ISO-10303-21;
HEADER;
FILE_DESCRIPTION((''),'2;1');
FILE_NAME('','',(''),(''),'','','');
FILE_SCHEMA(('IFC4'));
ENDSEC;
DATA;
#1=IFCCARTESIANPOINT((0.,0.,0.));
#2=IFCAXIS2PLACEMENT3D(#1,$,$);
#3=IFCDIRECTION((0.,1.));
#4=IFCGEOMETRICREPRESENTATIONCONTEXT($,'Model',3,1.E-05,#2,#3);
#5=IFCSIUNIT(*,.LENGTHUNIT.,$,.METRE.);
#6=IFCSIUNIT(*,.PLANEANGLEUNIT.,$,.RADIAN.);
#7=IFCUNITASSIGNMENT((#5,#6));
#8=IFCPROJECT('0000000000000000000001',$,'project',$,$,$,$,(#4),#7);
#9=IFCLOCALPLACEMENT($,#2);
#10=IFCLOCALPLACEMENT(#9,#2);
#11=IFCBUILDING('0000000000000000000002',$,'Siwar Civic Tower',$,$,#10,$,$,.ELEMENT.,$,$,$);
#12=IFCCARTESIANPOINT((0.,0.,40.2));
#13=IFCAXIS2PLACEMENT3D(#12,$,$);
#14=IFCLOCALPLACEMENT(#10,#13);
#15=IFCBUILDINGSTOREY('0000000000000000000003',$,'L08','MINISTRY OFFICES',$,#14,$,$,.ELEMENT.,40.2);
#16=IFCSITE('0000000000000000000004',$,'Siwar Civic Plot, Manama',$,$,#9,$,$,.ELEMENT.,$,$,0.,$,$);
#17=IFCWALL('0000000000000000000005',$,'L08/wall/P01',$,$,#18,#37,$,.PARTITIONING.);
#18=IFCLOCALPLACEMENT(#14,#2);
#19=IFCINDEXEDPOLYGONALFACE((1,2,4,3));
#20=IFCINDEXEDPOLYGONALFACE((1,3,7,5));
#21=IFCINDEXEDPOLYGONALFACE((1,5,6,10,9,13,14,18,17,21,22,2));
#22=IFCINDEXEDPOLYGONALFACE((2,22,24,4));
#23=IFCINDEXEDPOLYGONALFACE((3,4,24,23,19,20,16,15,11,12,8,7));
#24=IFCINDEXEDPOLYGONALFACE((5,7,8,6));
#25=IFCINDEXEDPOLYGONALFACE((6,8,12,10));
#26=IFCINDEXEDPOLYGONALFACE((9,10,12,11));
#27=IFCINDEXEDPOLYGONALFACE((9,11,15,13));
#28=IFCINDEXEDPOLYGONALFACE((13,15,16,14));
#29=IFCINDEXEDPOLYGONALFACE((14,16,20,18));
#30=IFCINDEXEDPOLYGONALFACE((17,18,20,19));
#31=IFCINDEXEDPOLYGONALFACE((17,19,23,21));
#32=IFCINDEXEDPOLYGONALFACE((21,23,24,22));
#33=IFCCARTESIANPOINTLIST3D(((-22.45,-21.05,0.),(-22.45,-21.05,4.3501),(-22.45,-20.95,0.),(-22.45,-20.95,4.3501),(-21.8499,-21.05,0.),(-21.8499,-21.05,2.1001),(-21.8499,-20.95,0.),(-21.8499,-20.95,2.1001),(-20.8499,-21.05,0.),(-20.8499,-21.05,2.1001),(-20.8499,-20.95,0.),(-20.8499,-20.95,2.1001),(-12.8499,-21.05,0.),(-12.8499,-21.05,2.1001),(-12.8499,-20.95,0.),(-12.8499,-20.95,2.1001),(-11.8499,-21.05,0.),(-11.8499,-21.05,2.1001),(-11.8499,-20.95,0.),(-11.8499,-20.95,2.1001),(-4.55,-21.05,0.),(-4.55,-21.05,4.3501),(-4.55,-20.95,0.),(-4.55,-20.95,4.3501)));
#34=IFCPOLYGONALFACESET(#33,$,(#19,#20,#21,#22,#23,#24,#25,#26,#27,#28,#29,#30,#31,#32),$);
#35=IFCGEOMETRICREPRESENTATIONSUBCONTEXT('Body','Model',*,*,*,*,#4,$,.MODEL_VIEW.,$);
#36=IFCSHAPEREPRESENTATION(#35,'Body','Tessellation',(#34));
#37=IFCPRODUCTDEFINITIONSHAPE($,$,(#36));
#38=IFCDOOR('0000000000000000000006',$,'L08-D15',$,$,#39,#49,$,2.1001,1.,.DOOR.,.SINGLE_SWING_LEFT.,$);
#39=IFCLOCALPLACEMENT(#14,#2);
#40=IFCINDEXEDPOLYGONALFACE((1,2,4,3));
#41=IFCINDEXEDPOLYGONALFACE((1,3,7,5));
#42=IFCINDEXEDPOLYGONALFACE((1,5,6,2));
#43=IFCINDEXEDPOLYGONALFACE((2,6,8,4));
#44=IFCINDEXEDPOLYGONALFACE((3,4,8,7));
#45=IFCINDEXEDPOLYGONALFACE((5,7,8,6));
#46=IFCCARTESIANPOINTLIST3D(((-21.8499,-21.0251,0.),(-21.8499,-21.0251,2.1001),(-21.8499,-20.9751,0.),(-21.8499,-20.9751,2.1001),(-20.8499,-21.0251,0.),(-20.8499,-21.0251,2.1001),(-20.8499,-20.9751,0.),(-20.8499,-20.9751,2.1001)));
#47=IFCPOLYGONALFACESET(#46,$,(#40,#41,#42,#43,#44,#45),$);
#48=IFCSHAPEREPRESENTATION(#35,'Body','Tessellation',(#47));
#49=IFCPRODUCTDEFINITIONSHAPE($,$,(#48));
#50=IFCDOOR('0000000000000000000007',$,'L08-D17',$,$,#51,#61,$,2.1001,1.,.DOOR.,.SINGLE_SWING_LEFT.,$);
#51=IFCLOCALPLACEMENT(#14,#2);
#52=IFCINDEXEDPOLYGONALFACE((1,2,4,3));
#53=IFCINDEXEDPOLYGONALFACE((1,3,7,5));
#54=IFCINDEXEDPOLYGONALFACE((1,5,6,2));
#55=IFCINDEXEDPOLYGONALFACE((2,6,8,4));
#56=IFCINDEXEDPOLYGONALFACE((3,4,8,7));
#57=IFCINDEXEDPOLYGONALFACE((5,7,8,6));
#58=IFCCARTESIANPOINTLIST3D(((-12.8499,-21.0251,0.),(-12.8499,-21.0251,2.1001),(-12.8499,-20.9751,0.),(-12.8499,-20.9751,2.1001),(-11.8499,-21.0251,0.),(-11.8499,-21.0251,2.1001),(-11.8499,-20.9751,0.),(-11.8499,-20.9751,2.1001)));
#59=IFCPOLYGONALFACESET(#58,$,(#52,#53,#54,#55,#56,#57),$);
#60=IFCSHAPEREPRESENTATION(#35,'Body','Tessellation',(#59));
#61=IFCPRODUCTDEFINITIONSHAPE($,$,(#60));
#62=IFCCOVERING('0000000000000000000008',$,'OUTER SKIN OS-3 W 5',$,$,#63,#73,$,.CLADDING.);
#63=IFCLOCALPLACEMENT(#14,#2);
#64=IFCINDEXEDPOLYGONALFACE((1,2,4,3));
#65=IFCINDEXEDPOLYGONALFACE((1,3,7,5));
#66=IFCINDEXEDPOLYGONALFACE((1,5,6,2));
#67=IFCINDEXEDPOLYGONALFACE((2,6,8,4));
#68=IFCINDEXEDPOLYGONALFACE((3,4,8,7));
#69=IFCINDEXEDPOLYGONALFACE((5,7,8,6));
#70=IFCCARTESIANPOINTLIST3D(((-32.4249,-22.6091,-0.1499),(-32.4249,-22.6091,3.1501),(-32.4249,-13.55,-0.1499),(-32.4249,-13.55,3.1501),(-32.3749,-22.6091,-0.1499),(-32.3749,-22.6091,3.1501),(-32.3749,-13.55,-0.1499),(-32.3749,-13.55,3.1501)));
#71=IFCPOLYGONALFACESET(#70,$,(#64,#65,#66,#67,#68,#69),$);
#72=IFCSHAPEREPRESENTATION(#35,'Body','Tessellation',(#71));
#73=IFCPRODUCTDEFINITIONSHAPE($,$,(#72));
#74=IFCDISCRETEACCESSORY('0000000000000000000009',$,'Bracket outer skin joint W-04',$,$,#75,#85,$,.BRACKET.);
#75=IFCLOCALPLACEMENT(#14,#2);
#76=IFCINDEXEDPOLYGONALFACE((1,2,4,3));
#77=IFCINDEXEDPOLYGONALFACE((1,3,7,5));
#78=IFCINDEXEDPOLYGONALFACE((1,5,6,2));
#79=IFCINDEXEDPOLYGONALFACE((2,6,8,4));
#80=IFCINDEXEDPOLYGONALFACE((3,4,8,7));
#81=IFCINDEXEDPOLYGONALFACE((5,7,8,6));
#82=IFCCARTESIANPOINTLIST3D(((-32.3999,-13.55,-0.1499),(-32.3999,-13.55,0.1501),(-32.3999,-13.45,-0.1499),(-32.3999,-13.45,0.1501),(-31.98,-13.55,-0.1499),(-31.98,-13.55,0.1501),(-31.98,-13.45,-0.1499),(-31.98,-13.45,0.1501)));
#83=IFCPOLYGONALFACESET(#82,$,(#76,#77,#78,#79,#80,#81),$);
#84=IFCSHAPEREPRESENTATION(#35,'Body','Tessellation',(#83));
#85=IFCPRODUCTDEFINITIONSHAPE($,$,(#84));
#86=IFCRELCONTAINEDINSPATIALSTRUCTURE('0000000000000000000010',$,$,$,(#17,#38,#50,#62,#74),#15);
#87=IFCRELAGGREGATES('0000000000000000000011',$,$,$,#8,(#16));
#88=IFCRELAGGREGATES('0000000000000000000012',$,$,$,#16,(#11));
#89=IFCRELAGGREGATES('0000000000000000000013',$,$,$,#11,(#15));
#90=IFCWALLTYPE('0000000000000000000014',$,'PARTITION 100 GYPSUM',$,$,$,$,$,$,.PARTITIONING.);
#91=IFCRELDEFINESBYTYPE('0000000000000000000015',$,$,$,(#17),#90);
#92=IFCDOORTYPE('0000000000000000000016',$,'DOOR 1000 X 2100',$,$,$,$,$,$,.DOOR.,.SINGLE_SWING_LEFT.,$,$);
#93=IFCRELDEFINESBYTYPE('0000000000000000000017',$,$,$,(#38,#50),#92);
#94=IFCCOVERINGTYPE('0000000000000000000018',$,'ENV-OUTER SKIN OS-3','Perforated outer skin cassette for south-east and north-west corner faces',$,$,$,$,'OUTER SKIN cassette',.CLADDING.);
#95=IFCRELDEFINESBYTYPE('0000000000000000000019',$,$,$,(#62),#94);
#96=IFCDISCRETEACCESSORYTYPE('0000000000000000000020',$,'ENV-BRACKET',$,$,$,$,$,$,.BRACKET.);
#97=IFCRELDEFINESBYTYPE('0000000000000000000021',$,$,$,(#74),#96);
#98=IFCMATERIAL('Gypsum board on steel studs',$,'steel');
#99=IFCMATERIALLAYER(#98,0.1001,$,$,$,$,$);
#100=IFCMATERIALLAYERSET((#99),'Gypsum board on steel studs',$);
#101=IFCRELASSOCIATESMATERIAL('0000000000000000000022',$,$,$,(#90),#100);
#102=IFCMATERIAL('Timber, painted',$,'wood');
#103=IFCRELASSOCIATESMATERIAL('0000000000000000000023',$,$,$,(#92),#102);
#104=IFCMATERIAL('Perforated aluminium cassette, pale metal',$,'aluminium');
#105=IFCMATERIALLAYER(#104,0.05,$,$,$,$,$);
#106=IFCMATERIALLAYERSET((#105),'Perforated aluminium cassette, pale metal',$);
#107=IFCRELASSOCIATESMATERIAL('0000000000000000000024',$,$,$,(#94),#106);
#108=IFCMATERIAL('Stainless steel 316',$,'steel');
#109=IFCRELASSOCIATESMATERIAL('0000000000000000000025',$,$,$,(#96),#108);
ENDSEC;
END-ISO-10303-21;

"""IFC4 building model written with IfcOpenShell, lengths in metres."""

from ifc_helpers import new_model, si_unit, direction, frame, frame_2d, origin, origin_2d, place, context, subcontext, project, spatial, rectangle, extrude, material, layer, layer_set, type_object, element, fill, save


model = new_model("IFC4")

# Units and contexts
model_context = context("Model", 3, precision=1e-05, world=origin(), true_north=direction((0.0, 1.0)))
body_context = subcontext(model_context, "Body", "Model", "MODEL_VIEW")
ifc_project = project(units=[si_unit("LENGTHUNIT", "METRE"), si_unit("PLANEANGLEUNIT", "RADIAN")], contexts=[model_context])

# Site, building, storey
site_placement = place(None, origin())
site = spatial("IfcSite", under=ifc_project, at=site_placement, Name="Siwar Civic Plot, Manama", CompositionType="ELEMENT", RefElevation=0.0)
building_placement = place(site_placement, origin())
building = spatial("IfcBuilding", under=site, at=building_placement, Name="Siwar Civic Tower", CompositionType="ELEMENT")
storey_placement = place(building_placement, frame((0.0, 0.0, 40.2)))
storey = spatial("IfcBuildingStorey", under=building, at=storey_placement, Name="L08", Description="MINISTRY OFFICES", CompositionType="ELEMENT", Elevation=40.2)

# Wall, openings, doors
ifc_material_1 = material(Name="Gypsum board on steel studs", Category="steel")
ifc_layer_1 = layer(ifc_material_1, 0.1001)
ifc_layer_set_1 = layer_set([ifc_layer_1], Name="Gypsum board on steel studs")
wall_type_1 = type_object("IfcWallType", Name="PARTITION 100 GYPSUM", PredefinedType="PARTITIONING", material=ifc_layer_set_1)
wall_1_placement = place(storey_placement, frame((-22.45, -21.0, 0.0), z_axis=(0.0, 0.0, 1.0), x_axis=(1.0, 0.0, 0.0)))
wall_1 = element("IfcWall", 1, at=wall_1_placement, inside=storey, type_object=wall_type_1, Name="L08/wall/P01", PredefinedType="PARTITIONING", context=body_context, shape_type="SweptSolid", body=[
    extrude(rectangle(XDim=17.8999, YDim=0.1001, at=frame_2d((8.95, 0.0))), origin(), (0.0, 0.0, 1.0), 4.3501),
])
opening_1_placement = place(wall_1_placement, frame((0.6001, 0.0, 0.0)))
opening_1 = element("IfcOpeningElement", 2, at=opening_1_placement, cuts=wall_1, PredefinedType="OPENING", context=body_context, shape_type="SweptSolid", body=[
    extrude(rectangle(XDim=1.0, YDim=2.1001, at=frame_2d((0.5, 1.05))), frame((0.0, 0.0601, 0.0), z_axis=(0.0, -1.0, 0.0), x_axis=(1.0, 0.0, 0.0)), (0.0, 0.0, 1.0), 0.1201),
])
opening_2_placement = place(wall_1_placement, frame((9.6001, 0.0, 0.0)))
opening_2 = element("IfcOpeningElement", 3, at=opening_2_placement, cuts=wall_1, PredefinedType="OPENING", context=body_context, shape_type="SweptSolid", body=[
    extrude(rectangle(XDim=1.0, YDim=2.1001, at=frame_2d((0.5, 1.05))), frame((0.0, 0.0601, 0.0), z_axis=(0.0, -1.0, 0.0), x_axis=(1.0, 0.0, 0.0)), (0.0, 0.0, 1.0), 0.1201),
])
ifc_material_2 = material(Name="Timber, painted", Category="wood")
door_type_1 = type_object("IfcDoorType", Name="DOOR 1000 X 2100", OperationType="SINGLE_SWING_LEFT", PredefinedType="DOOR", material=ifc_material_2)
door_1_placement = place(opening_1_placement, origin())
door_1 = element("IfcDoor", 4, at=door_1_placement, inside=storey, type_object=door_type_1, Name="L08-D15", OperationType="SINGLE_SWING_LEFT", OverallHeight=2.1001, OverallWidth=1.0, PredefinedType="DOOR", context=body_context, shape_type="SweptSolid", body=[
    extrude(rectangle(XDim=1.0, YDim=2.1001, at=frame_2d((0.5, 1.05))), frame((0.0, 0.0249, 0.0), z_axis=(0.0, -1.0, 0.0), x_axis=(1.0, 0.0, 0.0)), (0.0, 0.0, 1.0), 0.05),
])
fill(opening_1, door_1)
door_2_placement = place(opening_2_placement, origin())
door_2 = element("IfcDoor", 5, at=door_2_placement, inside=storey, type_object=door_type_1, Name="L08-D17", OperationType="SINGLE_SWING_LEFT", OverallHeight=2.1001, OverallWidth=1.0, PredefinedType="DOOR", context=body_context, shape_type="SweptSolid", body=[
    extrude(rectangle(XDim=1.0, YDim=2.1001, at=frame_2d((0.5, 1.05))), frame((0.0, 0.0249, 0.0), z_axis=(0.0, -1.0, 0.0), x_axis=(1.0, 0.0, 0.0)), (0.0, 0.0, 1.0), 0.05),
])
fill(opening_2, door_2)

# Covering
ifc_material_3 = material(Name="Perforated aluminium cassette, pale metal", Category="aluminium")
ifc_layer_2 = layer(ifc_material_3, 0.05)
ifc_layer_set_2 = layer_set([ifc_layer_2], Name="Perforated aluminium cassette, pale metal")
covering_type = type_object("IfcCoveringType", Name="ENV-OUTER SKIN OS-3", Description="Perforated outer skin cassette for south-east and north-west corner faces", ElementType="OUTER SKIN cassette", PredefinedType="CLADDING", material=ifc_layer_set_2)
covering_placement = place(storey_placement, frame((-32.3999, -18.0796, -0.1499), z_axis=(0.0, 0.0, 1.0), x_axis=(0.0, -1.0, 0.0)))
element("IfcCovering", 6, at=covering_placement, inside=storey, type_object=covering_type, Name="OUTER SKIN OS-3 W 5", PredefinedType="CLADDING", context=body_context, shape_type="SweptSolid", body=[
    extrude(rectangle(XDim=9.0591, YDim=0.05, at=origin_2d()), origin(), (0.0, 0.0, 1.0), 3.3),
])

# Discrete accessory
ifc_material_4 = material(Name="Stainless steel 316", Category="steel")
discrete_accessory_type = type_object("IfcDiscreteAccessoryType", Name="ENV-BRACKET", PredefinedType="BRACKET", material=ifc_material_4)
discrete_accessory_placement = place(storey_placement, frame((-32.1899, -13.5, -0.1499), z_axis=(0.0, 0.0, 1.0), x_axis=(-1.0, 0.0, 0.0)))
element("IfcDiscreteAccessory", 7, at=discrete_accessory_placement, inside=storey, type_object=discrete_accessory_type, Name="Bracket outer skin joint W-04", PredefinedType="BRACKET", context=body_context, shape_type="SweptSolid", body=[
    extrude(rectangle(XDim=0.4199, YDim=0.1001, at=origin_2d()), origin(), (0.0, 0.0, 1.0), 0.3),
])

save(model, "model.ifc")
